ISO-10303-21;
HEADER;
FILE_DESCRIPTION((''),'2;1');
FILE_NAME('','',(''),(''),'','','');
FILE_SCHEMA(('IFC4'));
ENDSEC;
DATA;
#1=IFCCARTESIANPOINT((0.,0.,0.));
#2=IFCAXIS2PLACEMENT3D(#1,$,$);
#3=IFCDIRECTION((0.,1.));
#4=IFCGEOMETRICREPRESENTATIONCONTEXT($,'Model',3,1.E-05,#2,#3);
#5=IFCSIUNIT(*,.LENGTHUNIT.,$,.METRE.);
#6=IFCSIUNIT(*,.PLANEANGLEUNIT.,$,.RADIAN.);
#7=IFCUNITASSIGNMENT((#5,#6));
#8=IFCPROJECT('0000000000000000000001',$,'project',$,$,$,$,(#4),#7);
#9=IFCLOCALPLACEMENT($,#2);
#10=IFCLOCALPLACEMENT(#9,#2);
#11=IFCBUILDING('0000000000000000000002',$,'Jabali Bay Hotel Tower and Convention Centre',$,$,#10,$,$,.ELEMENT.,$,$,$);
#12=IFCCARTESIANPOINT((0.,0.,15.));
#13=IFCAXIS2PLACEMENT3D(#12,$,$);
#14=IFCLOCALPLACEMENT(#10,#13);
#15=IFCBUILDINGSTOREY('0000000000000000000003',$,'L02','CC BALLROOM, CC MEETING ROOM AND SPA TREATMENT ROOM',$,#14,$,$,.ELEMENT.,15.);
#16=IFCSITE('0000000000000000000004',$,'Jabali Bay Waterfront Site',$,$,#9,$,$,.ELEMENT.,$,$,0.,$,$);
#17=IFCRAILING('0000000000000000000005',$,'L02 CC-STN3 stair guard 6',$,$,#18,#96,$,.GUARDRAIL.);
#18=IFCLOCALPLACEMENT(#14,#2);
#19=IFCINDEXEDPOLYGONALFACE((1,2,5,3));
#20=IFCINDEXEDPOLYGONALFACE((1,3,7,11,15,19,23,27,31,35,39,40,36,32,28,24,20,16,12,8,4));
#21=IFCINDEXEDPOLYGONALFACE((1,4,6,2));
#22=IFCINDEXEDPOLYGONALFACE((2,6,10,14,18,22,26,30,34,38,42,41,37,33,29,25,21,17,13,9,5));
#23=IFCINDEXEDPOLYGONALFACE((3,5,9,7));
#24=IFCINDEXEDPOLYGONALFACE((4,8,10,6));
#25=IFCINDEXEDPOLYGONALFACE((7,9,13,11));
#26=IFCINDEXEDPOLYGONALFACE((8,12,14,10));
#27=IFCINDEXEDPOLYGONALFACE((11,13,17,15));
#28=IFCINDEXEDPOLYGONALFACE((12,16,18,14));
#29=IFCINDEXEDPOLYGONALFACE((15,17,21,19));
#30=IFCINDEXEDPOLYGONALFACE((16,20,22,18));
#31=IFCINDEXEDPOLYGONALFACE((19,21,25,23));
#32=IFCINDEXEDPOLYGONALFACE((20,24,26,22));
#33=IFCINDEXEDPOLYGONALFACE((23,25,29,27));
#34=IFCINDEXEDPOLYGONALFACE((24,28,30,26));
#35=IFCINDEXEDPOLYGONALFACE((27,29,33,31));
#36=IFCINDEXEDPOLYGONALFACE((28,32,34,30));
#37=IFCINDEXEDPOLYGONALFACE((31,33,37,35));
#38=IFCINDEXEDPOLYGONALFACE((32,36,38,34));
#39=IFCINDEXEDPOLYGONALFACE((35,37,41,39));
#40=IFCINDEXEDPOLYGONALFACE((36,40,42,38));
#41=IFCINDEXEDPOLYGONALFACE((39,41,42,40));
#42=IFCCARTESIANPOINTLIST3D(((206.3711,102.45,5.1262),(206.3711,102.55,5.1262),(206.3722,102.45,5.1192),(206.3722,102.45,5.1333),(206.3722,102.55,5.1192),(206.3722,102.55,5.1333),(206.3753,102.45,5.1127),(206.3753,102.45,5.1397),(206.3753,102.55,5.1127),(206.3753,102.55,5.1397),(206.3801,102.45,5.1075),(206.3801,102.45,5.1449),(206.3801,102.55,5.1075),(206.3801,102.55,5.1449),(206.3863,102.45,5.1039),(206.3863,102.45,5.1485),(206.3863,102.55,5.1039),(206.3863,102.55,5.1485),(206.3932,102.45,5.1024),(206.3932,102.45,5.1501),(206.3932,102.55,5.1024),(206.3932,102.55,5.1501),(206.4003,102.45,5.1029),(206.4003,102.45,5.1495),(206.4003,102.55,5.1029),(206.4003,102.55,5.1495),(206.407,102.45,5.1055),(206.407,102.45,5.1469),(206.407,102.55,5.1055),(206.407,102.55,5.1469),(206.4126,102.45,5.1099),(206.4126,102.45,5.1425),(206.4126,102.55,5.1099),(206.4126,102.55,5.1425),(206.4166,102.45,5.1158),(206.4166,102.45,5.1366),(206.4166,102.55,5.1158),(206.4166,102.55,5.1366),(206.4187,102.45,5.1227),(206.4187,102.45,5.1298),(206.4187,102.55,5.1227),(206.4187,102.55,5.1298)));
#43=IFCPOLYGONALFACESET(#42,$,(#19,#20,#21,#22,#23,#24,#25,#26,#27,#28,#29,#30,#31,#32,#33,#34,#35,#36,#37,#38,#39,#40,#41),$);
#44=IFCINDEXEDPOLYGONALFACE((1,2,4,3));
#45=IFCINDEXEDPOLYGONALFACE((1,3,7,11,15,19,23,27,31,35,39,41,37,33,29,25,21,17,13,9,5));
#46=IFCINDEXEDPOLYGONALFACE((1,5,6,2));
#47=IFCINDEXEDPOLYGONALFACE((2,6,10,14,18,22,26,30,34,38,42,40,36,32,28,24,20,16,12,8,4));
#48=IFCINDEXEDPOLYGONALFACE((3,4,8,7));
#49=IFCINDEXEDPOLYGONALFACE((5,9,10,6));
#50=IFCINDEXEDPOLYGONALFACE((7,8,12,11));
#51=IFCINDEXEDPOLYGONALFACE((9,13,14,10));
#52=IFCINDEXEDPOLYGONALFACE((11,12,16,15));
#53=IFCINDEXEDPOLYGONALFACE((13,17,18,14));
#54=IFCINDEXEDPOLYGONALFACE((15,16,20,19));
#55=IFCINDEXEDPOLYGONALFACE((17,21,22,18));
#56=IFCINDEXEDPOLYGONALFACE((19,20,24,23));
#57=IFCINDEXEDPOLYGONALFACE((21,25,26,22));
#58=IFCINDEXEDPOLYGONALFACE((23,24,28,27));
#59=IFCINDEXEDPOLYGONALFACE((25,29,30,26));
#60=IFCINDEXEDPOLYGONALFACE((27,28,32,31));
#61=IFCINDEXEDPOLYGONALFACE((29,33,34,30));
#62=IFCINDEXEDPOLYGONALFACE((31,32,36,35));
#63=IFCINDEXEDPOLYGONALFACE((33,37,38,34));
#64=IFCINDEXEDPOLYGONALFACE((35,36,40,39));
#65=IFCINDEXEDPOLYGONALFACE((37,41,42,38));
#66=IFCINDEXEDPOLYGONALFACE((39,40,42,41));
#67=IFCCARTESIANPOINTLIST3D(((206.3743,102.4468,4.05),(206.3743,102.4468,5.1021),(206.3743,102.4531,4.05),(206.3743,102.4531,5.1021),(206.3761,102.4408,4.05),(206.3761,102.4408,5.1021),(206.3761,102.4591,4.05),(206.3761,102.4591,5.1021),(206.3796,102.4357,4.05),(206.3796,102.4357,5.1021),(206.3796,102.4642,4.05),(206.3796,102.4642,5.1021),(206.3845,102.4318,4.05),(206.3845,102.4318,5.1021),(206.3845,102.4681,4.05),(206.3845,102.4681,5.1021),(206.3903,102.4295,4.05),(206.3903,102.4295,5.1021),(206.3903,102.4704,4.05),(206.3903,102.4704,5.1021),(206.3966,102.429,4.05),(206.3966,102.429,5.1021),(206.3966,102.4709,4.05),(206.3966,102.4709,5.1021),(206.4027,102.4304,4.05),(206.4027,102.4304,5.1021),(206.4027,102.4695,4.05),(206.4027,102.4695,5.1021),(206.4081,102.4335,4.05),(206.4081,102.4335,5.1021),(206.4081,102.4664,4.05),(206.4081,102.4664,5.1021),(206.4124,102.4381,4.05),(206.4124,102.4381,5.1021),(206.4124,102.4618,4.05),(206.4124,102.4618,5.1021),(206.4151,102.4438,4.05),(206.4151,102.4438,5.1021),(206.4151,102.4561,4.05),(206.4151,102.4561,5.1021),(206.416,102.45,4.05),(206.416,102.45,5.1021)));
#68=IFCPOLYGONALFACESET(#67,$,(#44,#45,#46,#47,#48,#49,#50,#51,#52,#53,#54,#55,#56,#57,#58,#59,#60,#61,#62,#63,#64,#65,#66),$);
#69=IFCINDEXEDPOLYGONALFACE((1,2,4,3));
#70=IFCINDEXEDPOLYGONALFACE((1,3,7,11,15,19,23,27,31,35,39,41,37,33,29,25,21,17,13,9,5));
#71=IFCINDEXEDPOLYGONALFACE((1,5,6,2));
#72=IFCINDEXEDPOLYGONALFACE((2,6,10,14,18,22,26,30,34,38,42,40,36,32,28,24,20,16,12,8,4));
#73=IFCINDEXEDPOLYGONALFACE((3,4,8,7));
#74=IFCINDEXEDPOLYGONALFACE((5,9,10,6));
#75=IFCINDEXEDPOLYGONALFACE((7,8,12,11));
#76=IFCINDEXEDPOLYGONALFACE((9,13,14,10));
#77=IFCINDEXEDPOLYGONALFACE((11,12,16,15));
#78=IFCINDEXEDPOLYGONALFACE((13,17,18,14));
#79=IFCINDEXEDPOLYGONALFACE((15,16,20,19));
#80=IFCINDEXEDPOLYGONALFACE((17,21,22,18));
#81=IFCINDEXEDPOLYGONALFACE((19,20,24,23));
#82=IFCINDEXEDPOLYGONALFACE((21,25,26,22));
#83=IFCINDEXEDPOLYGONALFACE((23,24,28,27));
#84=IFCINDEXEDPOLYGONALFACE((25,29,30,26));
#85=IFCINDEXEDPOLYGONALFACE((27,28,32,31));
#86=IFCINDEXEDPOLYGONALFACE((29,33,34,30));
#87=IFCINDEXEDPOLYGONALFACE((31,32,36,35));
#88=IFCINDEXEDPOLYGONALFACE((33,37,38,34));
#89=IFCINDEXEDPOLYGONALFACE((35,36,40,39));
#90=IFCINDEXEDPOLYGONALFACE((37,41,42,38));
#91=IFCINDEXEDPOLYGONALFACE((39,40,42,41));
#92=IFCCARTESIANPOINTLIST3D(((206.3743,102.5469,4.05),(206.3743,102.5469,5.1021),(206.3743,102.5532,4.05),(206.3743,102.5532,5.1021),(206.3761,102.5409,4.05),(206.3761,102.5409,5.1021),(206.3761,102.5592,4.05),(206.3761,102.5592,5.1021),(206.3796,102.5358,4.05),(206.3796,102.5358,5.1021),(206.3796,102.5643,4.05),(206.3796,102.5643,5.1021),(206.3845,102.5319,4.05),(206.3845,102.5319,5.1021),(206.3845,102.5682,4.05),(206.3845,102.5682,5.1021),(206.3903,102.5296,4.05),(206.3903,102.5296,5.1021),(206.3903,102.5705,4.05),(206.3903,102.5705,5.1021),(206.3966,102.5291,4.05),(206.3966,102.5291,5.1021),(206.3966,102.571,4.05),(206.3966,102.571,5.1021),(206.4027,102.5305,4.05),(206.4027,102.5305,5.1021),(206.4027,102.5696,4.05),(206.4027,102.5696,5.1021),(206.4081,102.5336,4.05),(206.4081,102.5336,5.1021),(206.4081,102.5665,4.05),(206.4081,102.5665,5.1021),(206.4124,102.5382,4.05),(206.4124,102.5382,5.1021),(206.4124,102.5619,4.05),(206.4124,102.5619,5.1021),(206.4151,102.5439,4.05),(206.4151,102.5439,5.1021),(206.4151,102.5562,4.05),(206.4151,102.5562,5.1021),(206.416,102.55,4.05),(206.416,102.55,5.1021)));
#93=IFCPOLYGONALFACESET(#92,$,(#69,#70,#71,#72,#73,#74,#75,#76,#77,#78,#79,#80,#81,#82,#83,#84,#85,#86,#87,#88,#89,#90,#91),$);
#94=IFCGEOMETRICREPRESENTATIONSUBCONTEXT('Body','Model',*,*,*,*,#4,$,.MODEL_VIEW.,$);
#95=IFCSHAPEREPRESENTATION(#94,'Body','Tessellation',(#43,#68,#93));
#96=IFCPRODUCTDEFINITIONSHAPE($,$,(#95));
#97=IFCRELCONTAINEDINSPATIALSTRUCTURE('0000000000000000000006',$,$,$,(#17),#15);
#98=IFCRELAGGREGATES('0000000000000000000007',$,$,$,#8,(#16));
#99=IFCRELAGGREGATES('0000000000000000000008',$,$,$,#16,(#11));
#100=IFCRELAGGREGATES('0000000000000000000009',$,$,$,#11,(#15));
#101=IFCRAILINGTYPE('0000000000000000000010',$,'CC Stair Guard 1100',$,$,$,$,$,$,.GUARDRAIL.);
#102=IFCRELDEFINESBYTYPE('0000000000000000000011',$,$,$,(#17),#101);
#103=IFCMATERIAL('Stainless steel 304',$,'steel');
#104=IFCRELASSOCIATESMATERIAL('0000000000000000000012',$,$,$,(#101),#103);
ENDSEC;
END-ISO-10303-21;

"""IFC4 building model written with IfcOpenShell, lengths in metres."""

from ifc_helpers import new_model, si_unit, direction, frame, origin, origin_2d, place, context, subcontext, project, spatial, circle, extrude, material, type_object, element, save


model = new_model("IFC4")

# Units and contexts
model_context = context("Model", 3, precision=1e-05, world=origin(), true_north=direction((0.0, 1.0)))
body_context = subcontext(model_context, "Body", "Model", "MODEL_VIEW")
ifc_project = project(units=[si_unit("LENGTHUNIT", "METRE"), si_unit("PLANEANGLEUNIT", "RADIAN")], contexts=[model_context])

# Site, building, storey
site_placement = place(None, origin())
site = spatial("IfcSite", under=ifc_project, at=site_placement, Name="Jabali Bay Waterfront Site", CompositionType="ELEMENT", RefElevation=0.0)
building_placement = place(site_placement, origin())
building = spatial("IfcBuilding", under=site, at=building_placement, Name="Jabali Bay Hotel Tower and Convention Centre", CompositionType="ELEMENT")
storey_placement = place(building_placement, frame((0.0, 0.0, 15.0)))
storey = spatial("IfcBuildingStorey", under=building, at=storey_placement, Name="L02", Description="CC BALLROOM, CC MEETING ROOM AND SPA TREATMENT ROOM", CompositionType="ELEMENT", Elevation=15.0)

# Railing
ifc_material_1 = material(Name="Stainless steel 304", Category="steel")
railing_type_1 = type_object("IfcRailingType", Name="CC Stair Guard 1100", PredefinedType="GUARDRAIL", material=ifc_material_1)
railing_1_placement = place(storey_placement, frame((206.395, 102.45, 4.05)))
element("IfcRailing", 1, at=railing_1_placement, inside=storey, type_object=railing_type_1, Name="L02 CC-STN3 stair guard 6", PredefinedType="GUARDRAIL", context=body_context, shape_type="SweptSolid", body=[
    extrude(circle(Radius=0.0239, at=origin_2d()), frame((0.0, 0.0, 1.0762), z_axis=(0.0, 1.0, 0.0), x_axis=(-1.0, 0.0, 0.0)), (0.0, 0.0, 1.0), 0.1001),
    extrude(circle(Radius=0.021, at=origin_2d()), origin(), (0.0, 0.0, 1.0), 1.052),
    extrude(circle(Radius=0.021, at=origin_2d()), frame((0.0, 0.1001, 0.0)), (0.0, 0.0, 1.0), 1.052),
])

save(model, "model.ifc")
